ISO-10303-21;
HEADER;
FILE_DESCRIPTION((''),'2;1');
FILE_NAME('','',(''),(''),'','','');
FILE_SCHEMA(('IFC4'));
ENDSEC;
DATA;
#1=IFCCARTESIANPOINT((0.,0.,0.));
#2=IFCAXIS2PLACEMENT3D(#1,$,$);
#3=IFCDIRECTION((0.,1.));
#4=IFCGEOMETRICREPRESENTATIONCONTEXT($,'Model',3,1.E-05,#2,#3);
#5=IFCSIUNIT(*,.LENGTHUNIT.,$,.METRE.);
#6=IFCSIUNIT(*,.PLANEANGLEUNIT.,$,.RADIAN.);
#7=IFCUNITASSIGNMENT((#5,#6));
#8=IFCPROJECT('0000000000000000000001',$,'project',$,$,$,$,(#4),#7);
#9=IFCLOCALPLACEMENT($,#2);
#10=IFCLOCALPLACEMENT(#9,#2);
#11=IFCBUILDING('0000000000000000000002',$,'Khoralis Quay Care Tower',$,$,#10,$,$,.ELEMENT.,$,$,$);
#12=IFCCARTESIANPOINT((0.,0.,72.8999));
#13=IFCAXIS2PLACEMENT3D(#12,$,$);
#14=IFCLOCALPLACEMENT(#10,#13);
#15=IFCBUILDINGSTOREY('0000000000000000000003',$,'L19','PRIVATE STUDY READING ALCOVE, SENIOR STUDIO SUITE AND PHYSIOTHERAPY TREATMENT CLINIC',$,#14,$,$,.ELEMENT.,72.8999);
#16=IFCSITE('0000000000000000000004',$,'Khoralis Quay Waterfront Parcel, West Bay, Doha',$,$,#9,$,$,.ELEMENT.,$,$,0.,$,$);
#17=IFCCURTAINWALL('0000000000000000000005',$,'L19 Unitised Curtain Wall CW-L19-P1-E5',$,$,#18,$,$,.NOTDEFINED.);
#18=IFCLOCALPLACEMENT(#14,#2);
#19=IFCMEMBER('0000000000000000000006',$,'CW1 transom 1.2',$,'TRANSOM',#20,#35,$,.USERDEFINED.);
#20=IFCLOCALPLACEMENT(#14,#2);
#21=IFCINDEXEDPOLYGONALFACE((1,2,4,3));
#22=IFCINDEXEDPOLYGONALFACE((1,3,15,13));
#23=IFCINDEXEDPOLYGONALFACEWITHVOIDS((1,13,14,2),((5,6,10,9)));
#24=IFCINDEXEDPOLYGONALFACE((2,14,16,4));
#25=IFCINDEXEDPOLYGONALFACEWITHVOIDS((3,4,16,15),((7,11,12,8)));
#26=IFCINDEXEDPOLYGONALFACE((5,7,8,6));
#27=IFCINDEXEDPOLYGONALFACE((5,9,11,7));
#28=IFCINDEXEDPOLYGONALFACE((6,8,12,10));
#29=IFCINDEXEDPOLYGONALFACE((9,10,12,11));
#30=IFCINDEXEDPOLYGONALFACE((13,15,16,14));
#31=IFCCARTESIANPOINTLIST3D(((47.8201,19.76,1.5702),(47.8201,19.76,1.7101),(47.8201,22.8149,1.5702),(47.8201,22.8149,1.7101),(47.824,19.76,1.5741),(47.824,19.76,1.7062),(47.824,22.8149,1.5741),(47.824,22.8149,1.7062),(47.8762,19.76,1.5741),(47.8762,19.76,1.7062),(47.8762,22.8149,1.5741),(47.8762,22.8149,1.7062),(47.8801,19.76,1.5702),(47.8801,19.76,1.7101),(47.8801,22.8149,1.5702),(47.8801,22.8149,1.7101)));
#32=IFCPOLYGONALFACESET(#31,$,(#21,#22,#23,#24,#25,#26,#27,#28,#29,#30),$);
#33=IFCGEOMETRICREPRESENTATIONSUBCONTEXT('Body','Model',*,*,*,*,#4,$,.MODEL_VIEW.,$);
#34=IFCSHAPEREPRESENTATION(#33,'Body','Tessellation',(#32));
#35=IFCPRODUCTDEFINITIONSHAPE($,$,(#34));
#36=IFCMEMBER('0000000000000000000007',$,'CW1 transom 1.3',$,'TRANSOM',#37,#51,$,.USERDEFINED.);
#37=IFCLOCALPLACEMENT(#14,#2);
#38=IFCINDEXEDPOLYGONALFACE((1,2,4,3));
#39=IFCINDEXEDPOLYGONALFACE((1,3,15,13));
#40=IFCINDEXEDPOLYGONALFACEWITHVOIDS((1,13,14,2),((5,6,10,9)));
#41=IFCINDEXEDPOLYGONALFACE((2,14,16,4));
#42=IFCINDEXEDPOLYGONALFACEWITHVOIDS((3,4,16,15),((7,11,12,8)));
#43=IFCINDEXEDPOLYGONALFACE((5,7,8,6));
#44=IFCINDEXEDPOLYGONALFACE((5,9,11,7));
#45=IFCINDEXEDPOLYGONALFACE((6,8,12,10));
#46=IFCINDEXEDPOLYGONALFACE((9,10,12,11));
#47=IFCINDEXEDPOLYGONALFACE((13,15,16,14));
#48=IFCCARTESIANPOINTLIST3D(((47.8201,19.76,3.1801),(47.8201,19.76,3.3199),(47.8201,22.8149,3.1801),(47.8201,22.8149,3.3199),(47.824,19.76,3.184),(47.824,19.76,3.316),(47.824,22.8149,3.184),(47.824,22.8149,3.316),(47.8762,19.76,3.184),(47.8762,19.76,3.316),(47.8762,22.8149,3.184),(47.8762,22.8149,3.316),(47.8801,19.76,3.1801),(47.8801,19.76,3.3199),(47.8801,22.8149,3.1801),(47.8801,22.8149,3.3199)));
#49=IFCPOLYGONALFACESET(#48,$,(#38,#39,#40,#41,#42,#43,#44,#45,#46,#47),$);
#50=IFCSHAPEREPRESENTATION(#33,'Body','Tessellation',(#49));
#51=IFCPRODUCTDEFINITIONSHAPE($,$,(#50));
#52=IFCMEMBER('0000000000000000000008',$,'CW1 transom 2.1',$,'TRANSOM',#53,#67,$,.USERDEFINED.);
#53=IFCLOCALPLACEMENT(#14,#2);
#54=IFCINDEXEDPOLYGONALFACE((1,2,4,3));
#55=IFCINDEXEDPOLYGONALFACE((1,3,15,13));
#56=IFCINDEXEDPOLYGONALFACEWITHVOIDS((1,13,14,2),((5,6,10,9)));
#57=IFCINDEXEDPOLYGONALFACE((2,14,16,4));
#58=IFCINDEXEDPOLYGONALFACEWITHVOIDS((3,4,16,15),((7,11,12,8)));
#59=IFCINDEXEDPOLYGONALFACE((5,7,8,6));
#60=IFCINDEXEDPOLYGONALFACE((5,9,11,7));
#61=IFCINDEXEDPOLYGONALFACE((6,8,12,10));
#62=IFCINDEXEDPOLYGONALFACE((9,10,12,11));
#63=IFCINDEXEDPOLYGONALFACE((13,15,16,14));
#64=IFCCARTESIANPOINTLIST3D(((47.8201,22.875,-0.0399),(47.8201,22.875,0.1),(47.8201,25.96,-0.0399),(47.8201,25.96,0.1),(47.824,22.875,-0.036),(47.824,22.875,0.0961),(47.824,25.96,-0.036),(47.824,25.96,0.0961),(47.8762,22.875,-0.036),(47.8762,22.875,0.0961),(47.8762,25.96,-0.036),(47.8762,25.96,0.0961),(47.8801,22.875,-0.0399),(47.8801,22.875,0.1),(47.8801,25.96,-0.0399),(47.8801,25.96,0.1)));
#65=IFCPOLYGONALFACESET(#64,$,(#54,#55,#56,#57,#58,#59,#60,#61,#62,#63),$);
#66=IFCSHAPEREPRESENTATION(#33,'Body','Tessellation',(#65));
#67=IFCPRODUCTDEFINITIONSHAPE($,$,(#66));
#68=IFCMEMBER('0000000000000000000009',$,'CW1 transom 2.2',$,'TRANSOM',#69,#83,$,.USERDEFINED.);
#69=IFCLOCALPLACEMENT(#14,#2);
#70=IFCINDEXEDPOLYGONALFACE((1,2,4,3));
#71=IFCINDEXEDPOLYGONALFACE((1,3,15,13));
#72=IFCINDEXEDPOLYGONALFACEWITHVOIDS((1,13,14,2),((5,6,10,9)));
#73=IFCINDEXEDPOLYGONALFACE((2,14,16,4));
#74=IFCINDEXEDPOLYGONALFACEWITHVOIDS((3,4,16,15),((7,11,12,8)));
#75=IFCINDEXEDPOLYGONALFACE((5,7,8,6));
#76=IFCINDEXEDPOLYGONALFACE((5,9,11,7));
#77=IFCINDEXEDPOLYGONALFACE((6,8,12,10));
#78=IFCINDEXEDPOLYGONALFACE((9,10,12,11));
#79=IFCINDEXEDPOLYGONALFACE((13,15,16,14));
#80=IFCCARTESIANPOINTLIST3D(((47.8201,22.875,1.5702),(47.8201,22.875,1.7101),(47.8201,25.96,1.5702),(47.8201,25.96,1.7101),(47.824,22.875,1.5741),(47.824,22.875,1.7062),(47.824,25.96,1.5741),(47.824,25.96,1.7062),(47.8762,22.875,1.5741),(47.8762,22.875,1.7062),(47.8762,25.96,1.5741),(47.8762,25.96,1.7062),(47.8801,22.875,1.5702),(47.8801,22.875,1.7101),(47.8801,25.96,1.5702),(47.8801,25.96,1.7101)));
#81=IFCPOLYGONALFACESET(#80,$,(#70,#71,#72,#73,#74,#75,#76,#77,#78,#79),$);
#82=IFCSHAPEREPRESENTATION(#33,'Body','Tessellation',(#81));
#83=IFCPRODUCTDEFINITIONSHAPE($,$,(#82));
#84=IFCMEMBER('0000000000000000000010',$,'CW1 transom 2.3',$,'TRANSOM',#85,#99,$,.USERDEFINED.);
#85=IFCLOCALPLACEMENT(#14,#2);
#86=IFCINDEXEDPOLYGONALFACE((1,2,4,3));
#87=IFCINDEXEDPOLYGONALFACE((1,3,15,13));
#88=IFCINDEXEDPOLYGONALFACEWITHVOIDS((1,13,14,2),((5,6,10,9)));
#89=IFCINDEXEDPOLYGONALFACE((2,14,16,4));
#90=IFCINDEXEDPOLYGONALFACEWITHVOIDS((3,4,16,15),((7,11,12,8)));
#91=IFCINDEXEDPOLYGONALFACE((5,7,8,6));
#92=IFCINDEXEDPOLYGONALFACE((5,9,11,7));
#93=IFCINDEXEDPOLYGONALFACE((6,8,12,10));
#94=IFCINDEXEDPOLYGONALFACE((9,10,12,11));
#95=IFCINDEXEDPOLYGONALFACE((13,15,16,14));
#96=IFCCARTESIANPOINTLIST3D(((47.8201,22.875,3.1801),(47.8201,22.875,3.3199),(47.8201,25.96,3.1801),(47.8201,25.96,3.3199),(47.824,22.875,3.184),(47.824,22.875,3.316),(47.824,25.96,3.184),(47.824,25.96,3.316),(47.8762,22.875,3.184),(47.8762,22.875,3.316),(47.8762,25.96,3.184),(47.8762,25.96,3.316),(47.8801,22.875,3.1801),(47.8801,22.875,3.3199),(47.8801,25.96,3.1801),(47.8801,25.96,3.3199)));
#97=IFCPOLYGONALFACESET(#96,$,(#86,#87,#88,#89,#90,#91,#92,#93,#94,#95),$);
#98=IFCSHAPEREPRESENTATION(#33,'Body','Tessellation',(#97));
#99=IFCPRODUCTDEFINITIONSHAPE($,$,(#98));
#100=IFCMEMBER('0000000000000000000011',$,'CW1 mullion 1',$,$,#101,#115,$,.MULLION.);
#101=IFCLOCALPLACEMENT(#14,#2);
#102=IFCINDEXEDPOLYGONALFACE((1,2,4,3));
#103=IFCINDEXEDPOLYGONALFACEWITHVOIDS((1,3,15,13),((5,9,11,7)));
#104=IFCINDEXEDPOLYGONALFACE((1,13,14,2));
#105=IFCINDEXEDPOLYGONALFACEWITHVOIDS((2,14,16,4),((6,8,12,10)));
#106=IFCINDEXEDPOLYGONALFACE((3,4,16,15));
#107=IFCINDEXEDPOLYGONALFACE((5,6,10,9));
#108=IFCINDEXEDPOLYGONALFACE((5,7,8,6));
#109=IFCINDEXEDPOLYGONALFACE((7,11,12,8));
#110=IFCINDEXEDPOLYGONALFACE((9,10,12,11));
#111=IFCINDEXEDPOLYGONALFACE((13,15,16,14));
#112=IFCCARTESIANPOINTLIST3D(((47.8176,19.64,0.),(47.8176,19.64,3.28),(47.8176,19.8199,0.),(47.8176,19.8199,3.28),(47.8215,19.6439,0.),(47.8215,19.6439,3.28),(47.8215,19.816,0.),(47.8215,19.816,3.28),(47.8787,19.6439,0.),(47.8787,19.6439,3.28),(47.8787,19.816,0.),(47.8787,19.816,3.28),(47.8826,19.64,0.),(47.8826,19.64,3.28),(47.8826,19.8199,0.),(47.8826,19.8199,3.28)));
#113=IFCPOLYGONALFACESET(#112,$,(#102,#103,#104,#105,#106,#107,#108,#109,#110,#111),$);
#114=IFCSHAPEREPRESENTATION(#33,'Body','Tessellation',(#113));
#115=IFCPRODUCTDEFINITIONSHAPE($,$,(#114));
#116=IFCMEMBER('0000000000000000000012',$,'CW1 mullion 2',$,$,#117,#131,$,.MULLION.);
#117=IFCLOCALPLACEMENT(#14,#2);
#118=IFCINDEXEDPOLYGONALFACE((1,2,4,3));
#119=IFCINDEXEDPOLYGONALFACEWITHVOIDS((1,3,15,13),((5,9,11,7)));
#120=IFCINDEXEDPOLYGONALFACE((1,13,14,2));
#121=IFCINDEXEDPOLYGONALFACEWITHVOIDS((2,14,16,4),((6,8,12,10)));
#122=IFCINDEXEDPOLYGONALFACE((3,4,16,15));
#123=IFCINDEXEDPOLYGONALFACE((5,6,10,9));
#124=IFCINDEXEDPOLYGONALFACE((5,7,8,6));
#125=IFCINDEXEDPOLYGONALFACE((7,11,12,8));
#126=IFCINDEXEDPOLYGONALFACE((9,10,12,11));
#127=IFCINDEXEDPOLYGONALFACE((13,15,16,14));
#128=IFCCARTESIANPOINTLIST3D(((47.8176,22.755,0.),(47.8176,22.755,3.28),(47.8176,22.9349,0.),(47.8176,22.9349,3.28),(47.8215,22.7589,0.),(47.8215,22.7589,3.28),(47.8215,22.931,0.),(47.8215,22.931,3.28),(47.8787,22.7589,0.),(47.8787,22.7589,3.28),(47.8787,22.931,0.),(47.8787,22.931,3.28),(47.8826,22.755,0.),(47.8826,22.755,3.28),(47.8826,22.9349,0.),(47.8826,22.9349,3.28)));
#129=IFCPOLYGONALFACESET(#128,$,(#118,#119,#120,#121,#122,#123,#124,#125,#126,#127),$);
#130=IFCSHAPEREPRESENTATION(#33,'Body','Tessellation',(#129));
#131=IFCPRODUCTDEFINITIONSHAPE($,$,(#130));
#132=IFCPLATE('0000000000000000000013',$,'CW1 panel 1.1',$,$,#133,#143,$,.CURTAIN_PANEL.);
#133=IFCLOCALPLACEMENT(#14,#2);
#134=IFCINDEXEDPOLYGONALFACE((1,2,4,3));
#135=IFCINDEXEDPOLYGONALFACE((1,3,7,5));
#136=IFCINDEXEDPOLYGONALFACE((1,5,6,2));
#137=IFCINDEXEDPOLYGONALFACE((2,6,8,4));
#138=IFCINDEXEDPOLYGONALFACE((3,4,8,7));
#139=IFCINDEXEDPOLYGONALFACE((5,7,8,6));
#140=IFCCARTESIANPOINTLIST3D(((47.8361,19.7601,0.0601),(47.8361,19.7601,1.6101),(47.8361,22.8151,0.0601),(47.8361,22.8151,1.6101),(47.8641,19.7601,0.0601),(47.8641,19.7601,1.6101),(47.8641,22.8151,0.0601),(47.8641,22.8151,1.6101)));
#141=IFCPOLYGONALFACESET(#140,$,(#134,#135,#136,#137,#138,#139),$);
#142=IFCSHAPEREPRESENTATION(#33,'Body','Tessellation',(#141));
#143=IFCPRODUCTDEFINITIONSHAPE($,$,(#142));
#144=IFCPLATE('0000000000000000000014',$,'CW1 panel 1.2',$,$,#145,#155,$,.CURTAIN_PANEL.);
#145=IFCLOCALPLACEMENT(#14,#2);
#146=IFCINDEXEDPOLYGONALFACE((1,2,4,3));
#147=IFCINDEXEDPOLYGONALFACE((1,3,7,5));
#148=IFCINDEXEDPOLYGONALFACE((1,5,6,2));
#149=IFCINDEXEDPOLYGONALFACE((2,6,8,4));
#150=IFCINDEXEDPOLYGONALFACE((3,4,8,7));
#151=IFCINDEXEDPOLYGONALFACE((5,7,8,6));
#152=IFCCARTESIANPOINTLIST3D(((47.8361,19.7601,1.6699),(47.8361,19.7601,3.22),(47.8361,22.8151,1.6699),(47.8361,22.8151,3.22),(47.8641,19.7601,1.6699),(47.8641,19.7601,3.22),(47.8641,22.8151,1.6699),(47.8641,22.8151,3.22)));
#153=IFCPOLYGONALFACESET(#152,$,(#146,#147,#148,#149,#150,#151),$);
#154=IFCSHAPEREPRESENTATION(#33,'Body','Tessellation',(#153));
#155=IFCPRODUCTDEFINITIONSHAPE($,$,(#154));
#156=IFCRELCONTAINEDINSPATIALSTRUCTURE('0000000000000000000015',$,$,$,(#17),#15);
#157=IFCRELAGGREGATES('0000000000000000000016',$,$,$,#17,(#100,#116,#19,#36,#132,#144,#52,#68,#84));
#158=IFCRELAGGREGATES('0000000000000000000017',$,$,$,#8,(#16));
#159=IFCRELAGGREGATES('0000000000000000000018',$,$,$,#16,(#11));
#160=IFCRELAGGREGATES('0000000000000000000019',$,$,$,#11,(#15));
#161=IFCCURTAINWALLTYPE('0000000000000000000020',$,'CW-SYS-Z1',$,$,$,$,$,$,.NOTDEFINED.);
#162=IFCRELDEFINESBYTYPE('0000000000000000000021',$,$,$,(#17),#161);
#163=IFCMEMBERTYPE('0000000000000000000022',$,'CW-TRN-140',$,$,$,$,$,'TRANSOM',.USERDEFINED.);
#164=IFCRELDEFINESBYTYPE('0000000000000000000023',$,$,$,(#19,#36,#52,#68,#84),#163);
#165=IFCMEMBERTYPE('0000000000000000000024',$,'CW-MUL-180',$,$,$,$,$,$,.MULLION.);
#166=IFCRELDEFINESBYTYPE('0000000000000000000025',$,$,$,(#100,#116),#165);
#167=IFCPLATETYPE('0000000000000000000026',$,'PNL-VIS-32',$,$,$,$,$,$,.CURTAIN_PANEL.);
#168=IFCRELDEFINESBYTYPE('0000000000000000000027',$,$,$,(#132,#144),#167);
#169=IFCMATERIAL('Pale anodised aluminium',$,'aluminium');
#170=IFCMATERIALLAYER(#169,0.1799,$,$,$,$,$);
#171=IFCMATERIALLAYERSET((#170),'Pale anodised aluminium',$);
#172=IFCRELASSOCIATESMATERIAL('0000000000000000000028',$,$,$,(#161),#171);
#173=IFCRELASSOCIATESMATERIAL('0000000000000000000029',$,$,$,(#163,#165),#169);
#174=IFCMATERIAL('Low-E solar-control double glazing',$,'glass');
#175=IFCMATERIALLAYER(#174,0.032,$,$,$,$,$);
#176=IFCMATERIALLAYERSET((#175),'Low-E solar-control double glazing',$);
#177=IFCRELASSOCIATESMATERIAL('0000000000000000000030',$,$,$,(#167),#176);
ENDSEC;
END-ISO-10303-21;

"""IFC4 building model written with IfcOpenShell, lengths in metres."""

from ifc_helpers import new_model, si_unit, direction, frame, origin, origin_2d, place, context, subcontext, project, spatial, rectangle, hollow_rectangle, extrude, source, transform, mapped, material, layer, layer_set, material_profile, profile_set, type_object, element, aggregate, save


model = new_model("IFC4")

# Units and contexts
model_context = context("Model", 3, precision=1e-05, world=origin(), true_north=direction((0.0, 1.0)))
body_context = subcontext(model_context, "Body", "Model", "MODEL_VIEW")
ifc_project = project(units=[si_unit("LENGTHUNIT", "METRE"), si_unit("PLANEANGLEUNIT", "RADIAN")], contexts=[model_context])

# Site, building, storey
site_placement = place(None, origin())
site = spatial("IfcSite", under=ifc_project, at=site_placement, Name="Khoralis Quay Waterfront Parcel, West Bay, Doha", CompositionType="ELEMENT", RefElevation=0.0)
building_placement = place(site_placement, origin())
building = spatial("IfcBuilding", under=site, at=building_placement, Name="Khoralis Quay Care Tower", CompositionType="ELEMENT")
storey_placement = place(building_placement, frame((0.0, 0.0, 72.8999)))
storey = spatial("IfcBuildingStorey", under=building, at=storey_placement, Name="L19", Description="PRIVATE STUDY READING ALCOVE, SENIOR STUDIO SUITE AND PHYSIOTHERAPY TREATMENT CLINIC", CompositionType="ELEMENT", Elevation=72.8999)

# Curtain wall, members, plates
ifc_material_1 = material(Name="Pale anodised aluminium", Category="aluminium")
ifc_layer_1 = layer(ifc_material_1, 0.1799)
ifc_layer_set_1 = layer_set([ifc_layer_1], Name="Pale anodised aluminium")
curtain_wall_type = type_object("IfcCurtainWallType", Name="CW-SYS-Z1", PredefinedType="NOTDEFINED", material=ifc_layer_set_1)
curtain_wall_placement = place(storey_placement, origin())
curtain_wall = element("IfcCurtainWall", 1, at=curtain_wall_placement, inside=storey, type_object=curtain_wall_type, Name="L19 Unitised Curtain Wall CW-L19-P1-E5", PredefinedType="NOTDEFINED")
ifc_material_profile_1 = material_profile(ifc_material_1, hollow_rectangle(XDim=0.0601, YDim=0.1399, WallThickness=0.0039, at=origin_2d()), Name="Pale anodised aluminium")
ifc_profile_set_1 = profile_set([ifc_material_profile_1], Name="Pale anodised aluminium")
member_type_1 = type_object("IfcMemberType", Name="CW-TRN-140", ElementType="TRANSOM", PredefinedType="USERDEFINED", material=ifc_profile_set_1)
shared_shape_1 = source(origin(), body_context, "Body", "SweptSolid", [
    extrude(hollow_rectangle(XDim=0.0601, YDim=0.1399, WallThickness=0.0039, at=origin_2d()), origin(), (0.0, 0.0, 1.0), 3.0549),
])
member_1_placement = place(storey_placement, frame((47.8501, 19.76, 1.6401), z_axis=(0.0, 1.0, 0.0), x_axis=(-1.0, 0.0, 0.0)))
member_1 = element("IfcMember", 2, at=member_1_placement, type_object=member_type_1, Name="CW1 transom 1.2", ObjectType="TRANSOM", PredefinedType="USERDEFINED", context=body_context, shape_type="MappedRepresentation", body=[
    mapped(shared_shape_1, transform((0.0, 0.0, 0.0), scale=1.0)),
])
member_2_placement = place(storey_placement, frame((47.8501, 19.76, 3.25), z_axis=(0.0, 1.0, 0.0), x_axis=(-1.0, 0.0, 0.0)))
member_2 = element("IfcMember", 3, at=member_2_placement, type_object=member_type_1, Name="CW1 transom 1.3", ObjectType="TRANSOM", PredefinedType="USERDEFINED", context=body_context, shape_type="MappedRepresentation", body=[
    mapped(shared_shape_1, transform((0.0, 0.0, 0.0), scale=1.0)),
])
shared_shape_2 = source(origin(), body_context, "Body", "SweptSolid", [
    extrude(hollow_rectangle(XDim=0.0601, YDim=0.1399, WallThickness=0.0039, at=origin_2d()), origin(), (0.0, 0.0, 1.0), 3.085),
])
member_3_placement = place(storey_placement, frame((47.8501, 22.875, 0.03), z_axis=(0.0, 1.0, 0.0), x_axis=(-1.0, 0.0, 0.0)))
member_3 = element("IfcMember", 4, at=member_3_placement, type_object=member_type_1, Name="CW1 transom 2.1", ObjectType="TRANSOM", PredefinedType="USERDEFINED", context=body_context, shape_type="MappedRepresentation", body=[
    mapped(shared_shape_2, transform((0.0, 0.0, 0.0), scale=1.0)),
])
member_4_placement = place(storey_placement, frame((47.8501, 22.875, 1.6401), z_axis=(0.0, 1.0, 0.0), x_axis=(-1.0, 0.0, 0.0)))
member_4 = element("IfcMember", 5, at=member_4_placement, type_object=member_type_1, Name="CW1 transom 2.2", ObjectType="TRANSOM", PredefinedType="USERDEFINED", context=body_context, shape_type="MappedRepresentation", body=[
    mapped(shared_shape_2, transform((0.0, 0.0, 0.0), scale=1.0)),
])
member_5_placement = place(storey_placement, frame((47.8501, 22.875, 3.25), z_axis=(0.0, 1.0, 0.0), x_axis=(-1.0, 0.0, 0.0)))
member_5 = element("IfcMember", 6, at=member_5_placement, type_object=member_type_1, Name="CW1 transom 2.3", ObjectType="TRANSOM", PredefinedType="USERDEFINED", context=body_context, shape_type="MappedRepresentation", body=[
    mapped(shared_shape_2, transform((0.0, 0.0, 0.0), scale=1.0)),
])
ifc_material_profile_2 = material_profile(ifc_material_1, hollow_rectangle(XDim=0.0649, YDim=0.1799, WallThickness=0.0039, at=origin_2d()), Name="Pale anodised aluminium")
ifc_profile_set_2 = profile_set([ifc_material_profile_2], Name="Pale anodised aluminium")
member_type_2 = type_object("IfcMemberType", Name="CW-MUL-180", PredefinedType="MULLION", material=ifc_profile_set_2)
shared_shape_3 = source(origin(), body_context, "Body", "SweptSolid", [
    extrude(hollow_rectangle(XDim=0.0649, YDim=0.1799, WallThickness=0.0039, at=origin_2d()), origin(), (0.0, 0.0, 1.0), 3.28),
])
member_6_placement = place(storey_placement, frame((47.8501, 19.73, 0.0), z_axis=(0.0, 0.0, 1.0), x_axis=(-1.0, 0.0, 0.0)))
member_6 = element("IfcMember", 7, at=member_6_placement, type_object=member_type_2, Name="CW1 mullion 1", PredefinedType="MULLION", context=body_context, shape_type="MappedRepresentation", body=[
    mapped(shared_shape_3, transform((0.0, 0.0, 0.0), scale=1.0)),
])
member_7_placement = place(storey_placement, frame((47.8501, 22.845, 0.0), z_axis=(0.0, 0.0, 1.0), x_axis=(-1.0, 0.0, 0.0)))
member_7 = element("IfcMember", 8, at=member_7_placement, type_object=member_type_2, Name="CW1 mullion 2", PredefinedType="MULLION", context=body_context, shape_type="MappedRepresentation", body=[
    mapped(shared_shape_3, transform((0.0, 0.0, 0.0), scale=1.0)),
])
ifc_material_2 = material(Name="Low-E solar-control double glazing", Category="glass")
ifc_layer_2 = layer(ifc_material_2, 0.032)
ifc_layer_set_2 = layer_set([ifc_layer_2], Name="Low-E solar-control double glazing")
plate_type = type_object("IfcPlateType", Name="PNL-VIS-32", PredefinedType="CURTAIN_PANEL", material=ifc_layer_set_2)
shared_shape_4 = source(origin(), body_context, "Body", "SweptSolid", [
    extrude(rectangle(XDim=3.0549, YDim=0.0281, at=origin_2d()), origin(), (0.0, 0.0, 1.0), 1.55),
])
plate_1_placement = place(storey_placement, frame((47.8501, 21.2876, 0.0601), z_axis=(0.0, 0.0, 1.0), x_axis=(0.0, 1.0, 0.0)))
plate_1 = element("IfcPlate", 9, at=plate_1_placement, type_object=plate_type, Name="CW1 panel 1.1", PredefinedType="CURTAIN_PANEL", context=body_context, shape_type="MappedRepresentation", body=[
    mapped(shared_shape_4, transform((0.0, 0.0, 0.0), scale=1.0)),
])
plate_2_placement = place(storey_placement, frame((47.8501, 21.2876, 1.6699), z_axis=(0.0, 0.0, 1.0), x_axis=(0.0, 1.0, 0.0)))
plate_2 = element("IfcPlate", 10, at=plate_2_placement, type_object=plate_type, Name="CW1 panel 1.2", PredefinedType="CURTAIN_PANEL", context=body_context, shape_type="MappedRepresentation", body=[
    mapped(shared_shape_4, transform((0.0, 0.0, 0.0), scale=1.0)),
])
aggregate(curtain_wall, [member_6, member_7, member_1, member_2, plate_1, plate_2, member_3, member_4, member_5])

save(model, "model.ifc")
